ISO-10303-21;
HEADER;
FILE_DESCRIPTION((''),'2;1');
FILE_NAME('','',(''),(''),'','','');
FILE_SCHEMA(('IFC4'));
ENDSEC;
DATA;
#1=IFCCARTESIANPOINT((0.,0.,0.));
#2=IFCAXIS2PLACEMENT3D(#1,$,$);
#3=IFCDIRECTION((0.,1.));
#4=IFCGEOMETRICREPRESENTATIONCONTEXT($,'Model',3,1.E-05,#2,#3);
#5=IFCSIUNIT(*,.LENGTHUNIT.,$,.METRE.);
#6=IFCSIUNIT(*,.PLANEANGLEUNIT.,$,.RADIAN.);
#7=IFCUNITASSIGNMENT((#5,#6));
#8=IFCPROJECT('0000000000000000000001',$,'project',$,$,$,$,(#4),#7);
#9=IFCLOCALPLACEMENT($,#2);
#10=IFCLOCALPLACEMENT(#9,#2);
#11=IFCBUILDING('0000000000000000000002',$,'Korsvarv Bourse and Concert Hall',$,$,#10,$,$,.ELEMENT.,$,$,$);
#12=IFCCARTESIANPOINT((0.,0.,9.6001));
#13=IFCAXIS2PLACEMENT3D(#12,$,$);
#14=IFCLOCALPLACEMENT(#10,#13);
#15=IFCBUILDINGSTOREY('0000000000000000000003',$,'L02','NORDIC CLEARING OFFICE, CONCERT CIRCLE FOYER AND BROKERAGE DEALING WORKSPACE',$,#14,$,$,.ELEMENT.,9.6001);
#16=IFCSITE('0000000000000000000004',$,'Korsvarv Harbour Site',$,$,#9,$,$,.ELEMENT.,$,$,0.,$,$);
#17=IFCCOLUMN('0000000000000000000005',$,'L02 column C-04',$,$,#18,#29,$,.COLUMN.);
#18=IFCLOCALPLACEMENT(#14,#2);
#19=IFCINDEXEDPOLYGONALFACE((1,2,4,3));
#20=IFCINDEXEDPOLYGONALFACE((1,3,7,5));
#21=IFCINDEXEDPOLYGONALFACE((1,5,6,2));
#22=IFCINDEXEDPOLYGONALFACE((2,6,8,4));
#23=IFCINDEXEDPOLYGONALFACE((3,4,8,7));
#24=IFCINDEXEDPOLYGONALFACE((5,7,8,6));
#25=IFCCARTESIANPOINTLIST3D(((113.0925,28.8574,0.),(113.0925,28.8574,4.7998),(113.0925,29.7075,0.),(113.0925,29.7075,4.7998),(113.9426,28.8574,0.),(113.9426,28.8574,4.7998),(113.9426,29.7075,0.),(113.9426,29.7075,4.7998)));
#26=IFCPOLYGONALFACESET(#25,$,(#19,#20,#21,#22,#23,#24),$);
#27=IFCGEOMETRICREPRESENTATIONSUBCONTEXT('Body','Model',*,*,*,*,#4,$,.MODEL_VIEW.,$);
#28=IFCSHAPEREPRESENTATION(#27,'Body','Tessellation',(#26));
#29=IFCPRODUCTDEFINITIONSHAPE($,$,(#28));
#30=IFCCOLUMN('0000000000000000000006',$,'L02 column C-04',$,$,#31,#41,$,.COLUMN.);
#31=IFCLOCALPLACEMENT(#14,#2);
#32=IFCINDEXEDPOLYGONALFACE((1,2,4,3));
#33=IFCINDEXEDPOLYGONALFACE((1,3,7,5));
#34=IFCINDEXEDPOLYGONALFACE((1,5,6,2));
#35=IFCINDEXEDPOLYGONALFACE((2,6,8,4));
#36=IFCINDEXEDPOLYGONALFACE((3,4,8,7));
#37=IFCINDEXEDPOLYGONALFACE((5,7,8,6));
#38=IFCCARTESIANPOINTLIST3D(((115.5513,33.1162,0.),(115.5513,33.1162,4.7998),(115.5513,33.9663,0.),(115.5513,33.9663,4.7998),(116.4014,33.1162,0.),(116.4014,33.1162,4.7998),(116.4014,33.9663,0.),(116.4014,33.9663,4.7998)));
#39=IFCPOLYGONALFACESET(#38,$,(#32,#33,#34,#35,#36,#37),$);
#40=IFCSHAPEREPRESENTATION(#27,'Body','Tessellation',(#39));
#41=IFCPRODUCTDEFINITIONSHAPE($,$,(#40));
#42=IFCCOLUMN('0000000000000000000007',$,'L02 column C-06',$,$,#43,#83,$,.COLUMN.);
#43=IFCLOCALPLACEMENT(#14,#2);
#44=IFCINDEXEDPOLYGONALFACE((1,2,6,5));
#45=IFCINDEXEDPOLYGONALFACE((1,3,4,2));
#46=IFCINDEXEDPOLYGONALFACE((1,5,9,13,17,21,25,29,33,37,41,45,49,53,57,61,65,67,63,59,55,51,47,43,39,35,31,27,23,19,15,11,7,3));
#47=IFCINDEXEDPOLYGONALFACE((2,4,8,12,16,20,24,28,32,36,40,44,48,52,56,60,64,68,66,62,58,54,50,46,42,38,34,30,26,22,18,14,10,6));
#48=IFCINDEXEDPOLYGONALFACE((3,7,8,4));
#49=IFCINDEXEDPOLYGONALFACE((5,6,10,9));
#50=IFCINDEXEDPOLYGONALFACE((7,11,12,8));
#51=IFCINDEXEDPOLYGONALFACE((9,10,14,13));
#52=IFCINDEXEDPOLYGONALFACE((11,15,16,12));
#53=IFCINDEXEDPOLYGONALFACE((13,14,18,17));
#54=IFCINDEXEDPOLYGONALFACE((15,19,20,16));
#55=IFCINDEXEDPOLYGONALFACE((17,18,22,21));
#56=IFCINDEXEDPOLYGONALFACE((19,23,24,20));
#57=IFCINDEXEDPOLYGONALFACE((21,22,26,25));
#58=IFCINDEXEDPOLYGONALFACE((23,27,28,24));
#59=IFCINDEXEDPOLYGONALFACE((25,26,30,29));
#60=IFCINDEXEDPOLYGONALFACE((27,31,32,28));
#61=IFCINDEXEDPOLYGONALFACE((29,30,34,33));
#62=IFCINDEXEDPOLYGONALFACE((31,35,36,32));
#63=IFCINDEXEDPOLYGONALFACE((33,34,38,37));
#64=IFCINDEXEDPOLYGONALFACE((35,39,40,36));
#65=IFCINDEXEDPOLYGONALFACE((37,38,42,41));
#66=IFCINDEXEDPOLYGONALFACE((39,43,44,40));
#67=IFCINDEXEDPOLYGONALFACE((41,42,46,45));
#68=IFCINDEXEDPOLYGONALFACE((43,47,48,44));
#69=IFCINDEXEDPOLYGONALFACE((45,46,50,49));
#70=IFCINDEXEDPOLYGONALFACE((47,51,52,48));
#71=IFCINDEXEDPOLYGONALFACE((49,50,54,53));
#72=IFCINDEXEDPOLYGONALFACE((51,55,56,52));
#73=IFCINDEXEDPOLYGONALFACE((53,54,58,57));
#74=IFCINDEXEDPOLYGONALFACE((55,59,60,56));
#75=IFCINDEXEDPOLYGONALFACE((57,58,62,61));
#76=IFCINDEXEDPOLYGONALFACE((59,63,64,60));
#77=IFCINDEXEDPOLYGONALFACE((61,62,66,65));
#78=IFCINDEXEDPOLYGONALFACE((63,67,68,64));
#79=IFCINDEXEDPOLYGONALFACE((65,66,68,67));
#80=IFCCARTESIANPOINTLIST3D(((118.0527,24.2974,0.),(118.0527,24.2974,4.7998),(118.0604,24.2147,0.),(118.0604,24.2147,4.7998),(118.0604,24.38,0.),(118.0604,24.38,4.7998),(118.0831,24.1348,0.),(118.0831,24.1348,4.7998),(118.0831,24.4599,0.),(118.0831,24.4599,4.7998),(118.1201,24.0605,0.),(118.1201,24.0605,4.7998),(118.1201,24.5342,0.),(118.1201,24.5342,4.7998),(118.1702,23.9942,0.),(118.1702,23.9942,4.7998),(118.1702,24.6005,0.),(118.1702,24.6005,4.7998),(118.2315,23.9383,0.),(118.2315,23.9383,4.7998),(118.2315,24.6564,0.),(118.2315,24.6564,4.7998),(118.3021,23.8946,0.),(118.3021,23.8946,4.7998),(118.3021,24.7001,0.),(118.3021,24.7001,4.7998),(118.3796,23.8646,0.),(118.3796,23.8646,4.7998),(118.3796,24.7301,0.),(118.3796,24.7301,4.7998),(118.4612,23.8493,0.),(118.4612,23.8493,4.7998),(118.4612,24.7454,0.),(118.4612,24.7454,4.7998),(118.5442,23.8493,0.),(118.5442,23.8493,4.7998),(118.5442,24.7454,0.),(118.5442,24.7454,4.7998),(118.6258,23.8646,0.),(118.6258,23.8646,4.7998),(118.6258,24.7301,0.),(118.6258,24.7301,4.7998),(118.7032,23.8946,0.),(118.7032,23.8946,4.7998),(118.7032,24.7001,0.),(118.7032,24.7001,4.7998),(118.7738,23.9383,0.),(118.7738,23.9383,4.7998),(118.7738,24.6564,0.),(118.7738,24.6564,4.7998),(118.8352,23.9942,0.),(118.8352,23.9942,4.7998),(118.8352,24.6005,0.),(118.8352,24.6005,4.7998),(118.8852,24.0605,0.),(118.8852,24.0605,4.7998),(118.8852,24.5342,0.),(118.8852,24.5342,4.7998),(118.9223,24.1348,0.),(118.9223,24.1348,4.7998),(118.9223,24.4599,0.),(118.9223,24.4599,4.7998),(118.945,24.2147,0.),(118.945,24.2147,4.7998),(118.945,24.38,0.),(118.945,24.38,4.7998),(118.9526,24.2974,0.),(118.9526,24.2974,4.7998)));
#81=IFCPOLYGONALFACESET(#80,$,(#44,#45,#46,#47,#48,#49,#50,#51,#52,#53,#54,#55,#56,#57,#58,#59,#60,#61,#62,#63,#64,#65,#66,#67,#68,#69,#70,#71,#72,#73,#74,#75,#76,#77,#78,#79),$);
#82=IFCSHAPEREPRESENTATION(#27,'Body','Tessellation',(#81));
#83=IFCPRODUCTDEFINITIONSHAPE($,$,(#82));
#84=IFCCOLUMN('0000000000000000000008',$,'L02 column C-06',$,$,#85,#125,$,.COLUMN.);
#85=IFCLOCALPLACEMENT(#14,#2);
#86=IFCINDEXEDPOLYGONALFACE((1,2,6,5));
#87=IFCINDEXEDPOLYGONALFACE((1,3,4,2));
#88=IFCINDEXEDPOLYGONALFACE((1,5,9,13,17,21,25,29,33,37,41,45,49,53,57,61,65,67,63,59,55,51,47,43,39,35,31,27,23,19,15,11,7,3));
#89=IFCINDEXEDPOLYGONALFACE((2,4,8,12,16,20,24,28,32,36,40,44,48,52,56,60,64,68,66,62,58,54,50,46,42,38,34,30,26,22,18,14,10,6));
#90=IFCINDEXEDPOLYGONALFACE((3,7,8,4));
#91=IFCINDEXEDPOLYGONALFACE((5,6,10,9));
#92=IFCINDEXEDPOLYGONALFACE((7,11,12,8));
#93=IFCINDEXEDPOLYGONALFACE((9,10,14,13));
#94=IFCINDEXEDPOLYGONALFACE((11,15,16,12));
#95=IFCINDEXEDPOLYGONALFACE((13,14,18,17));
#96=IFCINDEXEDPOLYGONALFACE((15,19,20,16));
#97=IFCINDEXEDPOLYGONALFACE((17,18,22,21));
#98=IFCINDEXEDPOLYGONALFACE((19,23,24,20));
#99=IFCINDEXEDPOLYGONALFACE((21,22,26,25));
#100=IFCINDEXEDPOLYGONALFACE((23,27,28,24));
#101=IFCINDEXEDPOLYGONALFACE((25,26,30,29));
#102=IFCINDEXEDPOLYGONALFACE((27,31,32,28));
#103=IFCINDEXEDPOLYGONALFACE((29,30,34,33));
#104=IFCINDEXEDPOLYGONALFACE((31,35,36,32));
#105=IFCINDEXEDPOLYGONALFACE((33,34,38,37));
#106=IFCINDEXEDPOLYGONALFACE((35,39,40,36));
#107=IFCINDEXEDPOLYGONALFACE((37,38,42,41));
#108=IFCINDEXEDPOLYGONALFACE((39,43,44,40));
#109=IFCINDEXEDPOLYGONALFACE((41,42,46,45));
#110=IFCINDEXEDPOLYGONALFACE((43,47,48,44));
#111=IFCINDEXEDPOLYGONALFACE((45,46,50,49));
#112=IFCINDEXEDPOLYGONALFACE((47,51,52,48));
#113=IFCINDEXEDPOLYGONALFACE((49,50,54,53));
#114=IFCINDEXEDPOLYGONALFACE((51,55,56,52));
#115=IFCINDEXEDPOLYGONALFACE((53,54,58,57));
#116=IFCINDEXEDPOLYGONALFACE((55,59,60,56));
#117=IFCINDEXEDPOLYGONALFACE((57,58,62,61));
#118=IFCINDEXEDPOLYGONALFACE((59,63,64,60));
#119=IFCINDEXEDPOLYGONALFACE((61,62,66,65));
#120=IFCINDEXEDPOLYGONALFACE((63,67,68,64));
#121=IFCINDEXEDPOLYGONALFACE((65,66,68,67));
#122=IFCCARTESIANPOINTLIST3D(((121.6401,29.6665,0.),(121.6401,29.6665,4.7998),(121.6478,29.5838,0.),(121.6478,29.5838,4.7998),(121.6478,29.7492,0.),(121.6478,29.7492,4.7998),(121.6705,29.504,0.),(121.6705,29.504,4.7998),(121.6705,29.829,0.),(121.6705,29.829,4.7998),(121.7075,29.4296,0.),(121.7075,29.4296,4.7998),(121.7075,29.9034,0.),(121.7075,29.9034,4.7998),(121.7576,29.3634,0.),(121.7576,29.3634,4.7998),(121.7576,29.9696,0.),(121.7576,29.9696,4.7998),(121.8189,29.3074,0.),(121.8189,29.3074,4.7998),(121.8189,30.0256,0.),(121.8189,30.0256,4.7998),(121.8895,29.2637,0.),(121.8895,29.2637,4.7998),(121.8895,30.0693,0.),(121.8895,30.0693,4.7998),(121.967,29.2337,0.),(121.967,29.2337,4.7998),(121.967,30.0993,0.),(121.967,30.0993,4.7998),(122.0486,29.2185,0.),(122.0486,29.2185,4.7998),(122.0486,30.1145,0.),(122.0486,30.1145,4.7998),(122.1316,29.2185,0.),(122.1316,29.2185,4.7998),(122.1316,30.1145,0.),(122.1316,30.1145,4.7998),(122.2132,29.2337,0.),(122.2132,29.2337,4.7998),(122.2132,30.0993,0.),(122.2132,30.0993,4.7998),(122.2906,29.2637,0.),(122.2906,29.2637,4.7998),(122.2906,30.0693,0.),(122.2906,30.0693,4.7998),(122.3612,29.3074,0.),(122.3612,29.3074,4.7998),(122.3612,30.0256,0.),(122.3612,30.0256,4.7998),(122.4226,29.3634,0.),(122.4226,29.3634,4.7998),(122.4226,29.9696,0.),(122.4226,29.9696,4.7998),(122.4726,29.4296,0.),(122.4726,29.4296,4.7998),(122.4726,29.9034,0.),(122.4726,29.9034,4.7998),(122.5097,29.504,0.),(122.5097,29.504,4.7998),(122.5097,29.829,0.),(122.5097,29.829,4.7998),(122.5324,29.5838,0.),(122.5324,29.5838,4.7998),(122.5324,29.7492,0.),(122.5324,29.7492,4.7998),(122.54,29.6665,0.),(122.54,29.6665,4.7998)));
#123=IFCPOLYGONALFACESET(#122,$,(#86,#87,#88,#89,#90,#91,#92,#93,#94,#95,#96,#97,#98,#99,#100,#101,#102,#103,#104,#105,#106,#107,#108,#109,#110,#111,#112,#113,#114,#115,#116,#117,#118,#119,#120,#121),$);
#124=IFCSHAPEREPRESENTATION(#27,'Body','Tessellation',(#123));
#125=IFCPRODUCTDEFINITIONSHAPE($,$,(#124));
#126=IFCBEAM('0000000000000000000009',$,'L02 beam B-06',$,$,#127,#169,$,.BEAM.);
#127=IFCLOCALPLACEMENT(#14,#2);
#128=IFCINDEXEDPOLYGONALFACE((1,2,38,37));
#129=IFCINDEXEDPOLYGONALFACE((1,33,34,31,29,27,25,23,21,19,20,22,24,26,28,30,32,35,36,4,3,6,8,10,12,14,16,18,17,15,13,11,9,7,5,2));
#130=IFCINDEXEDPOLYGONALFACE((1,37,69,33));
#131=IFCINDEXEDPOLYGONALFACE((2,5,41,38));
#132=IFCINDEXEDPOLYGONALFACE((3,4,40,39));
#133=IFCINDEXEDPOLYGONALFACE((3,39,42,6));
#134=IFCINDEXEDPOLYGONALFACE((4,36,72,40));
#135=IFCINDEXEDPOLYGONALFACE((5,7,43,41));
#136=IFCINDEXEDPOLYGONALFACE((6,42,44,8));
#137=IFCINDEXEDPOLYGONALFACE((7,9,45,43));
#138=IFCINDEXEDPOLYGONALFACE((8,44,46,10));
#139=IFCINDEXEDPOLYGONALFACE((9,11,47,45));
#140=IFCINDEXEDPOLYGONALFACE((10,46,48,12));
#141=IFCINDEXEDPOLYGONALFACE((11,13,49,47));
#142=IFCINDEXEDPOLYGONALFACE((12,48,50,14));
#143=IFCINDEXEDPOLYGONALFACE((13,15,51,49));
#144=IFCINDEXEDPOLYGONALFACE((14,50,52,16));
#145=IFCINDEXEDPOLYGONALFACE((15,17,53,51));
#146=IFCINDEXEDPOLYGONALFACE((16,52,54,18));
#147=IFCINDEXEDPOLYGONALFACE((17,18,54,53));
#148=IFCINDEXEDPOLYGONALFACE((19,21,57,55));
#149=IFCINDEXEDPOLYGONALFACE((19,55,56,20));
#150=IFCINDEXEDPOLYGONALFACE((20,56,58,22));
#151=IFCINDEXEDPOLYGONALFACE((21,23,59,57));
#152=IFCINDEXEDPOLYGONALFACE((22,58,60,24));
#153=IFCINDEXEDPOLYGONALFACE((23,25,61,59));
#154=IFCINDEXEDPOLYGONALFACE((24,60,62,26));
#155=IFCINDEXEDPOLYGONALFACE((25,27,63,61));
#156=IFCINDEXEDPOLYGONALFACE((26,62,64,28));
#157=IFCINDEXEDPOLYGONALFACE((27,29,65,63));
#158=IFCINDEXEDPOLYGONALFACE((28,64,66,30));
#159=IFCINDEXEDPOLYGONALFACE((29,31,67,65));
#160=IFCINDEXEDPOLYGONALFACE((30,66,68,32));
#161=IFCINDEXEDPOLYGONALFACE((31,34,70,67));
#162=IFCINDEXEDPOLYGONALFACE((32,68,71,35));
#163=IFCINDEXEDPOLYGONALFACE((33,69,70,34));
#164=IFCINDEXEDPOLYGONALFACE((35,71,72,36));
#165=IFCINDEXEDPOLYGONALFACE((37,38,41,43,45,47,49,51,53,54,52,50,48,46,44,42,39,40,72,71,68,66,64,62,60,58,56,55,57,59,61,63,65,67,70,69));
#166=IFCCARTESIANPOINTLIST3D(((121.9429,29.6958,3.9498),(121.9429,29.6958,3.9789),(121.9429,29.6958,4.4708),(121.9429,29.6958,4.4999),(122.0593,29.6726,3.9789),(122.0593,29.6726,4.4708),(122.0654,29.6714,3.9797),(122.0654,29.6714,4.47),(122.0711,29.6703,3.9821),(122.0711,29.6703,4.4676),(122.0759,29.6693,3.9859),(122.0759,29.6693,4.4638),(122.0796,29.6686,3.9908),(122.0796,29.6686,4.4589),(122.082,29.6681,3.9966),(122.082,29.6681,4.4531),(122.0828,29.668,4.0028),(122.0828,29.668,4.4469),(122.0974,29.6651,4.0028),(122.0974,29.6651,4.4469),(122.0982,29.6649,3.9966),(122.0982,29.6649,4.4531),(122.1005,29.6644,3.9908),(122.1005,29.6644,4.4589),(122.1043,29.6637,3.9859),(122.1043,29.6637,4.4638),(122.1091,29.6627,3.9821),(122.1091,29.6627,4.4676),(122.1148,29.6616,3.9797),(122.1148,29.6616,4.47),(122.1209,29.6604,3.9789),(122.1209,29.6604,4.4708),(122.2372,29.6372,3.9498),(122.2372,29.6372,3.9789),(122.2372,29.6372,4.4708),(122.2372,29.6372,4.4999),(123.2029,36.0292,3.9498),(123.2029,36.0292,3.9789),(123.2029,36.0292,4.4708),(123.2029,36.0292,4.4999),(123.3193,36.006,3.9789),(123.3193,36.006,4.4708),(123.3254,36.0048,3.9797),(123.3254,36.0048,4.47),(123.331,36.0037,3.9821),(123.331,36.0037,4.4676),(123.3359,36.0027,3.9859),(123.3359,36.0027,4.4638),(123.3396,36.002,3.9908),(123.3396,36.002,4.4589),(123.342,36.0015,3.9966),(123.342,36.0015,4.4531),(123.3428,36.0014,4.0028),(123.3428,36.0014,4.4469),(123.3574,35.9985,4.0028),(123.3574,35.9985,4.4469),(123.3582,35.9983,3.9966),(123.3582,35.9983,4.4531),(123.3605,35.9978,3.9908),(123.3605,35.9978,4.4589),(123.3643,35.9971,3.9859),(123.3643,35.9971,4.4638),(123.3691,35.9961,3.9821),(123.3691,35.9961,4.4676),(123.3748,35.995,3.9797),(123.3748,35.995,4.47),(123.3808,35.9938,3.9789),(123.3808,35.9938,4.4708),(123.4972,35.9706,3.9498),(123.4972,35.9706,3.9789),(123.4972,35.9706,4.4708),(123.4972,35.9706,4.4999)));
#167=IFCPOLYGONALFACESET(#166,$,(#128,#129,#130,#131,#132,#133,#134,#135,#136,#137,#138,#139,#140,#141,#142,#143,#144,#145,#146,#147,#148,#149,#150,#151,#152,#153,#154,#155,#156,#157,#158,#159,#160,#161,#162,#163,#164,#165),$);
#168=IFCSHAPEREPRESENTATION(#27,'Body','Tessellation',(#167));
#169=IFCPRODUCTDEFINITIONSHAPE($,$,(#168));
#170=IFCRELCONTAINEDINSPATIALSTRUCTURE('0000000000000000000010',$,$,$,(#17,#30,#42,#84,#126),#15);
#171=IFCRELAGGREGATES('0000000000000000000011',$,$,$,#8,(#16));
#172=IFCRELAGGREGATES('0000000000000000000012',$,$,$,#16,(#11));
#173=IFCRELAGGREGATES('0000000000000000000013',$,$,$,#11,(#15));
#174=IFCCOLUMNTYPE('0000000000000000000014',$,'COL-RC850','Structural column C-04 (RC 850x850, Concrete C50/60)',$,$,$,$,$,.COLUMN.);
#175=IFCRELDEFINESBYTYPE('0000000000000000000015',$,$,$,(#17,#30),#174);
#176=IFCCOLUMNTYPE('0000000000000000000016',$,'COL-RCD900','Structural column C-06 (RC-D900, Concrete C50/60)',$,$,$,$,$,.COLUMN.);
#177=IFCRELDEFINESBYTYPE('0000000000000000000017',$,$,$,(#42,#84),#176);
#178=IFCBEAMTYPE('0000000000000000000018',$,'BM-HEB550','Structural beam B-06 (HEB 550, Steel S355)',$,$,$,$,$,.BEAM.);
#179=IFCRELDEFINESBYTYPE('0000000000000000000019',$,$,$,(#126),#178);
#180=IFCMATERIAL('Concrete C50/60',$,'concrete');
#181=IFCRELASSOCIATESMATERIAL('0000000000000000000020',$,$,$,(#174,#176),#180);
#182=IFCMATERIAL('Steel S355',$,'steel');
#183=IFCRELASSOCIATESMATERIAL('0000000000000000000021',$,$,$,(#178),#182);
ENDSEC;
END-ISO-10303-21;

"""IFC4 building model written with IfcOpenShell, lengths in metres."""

from ifc_helpers import new_model, si_unit, direction, frame, origin, origin_2d, place, context, subcontext, project, spatial, rectangle, circle, i_section, extrude, source, transform, mapped, material, material_profile, profile_set, type_object, element, save


model = new_model("IFC4")

# Units and contexts
model_context = context("Model", 3, precision=1e-05, world=origin(), true_north=direction((0.0, 1.0)))
body_context = subcontext(model_context, "Body", "Model", "MODEL_VIEW")
ifc_project = project(units=[si_unit("LENGTHUNIT", "METRE"), si_unit("PLANEANGLEUNIT", "RADIAN")], contexts=[model_context])

# Site, building, storey
site_placement = place(None, origin())
site = spatial("IfcSite", under=ifc_project, at=site_placement, Name="Korsvarv Harbour Site", CompositionType="ELEMENT", RefElevation=0.0)
building_placement = place(site_placement, origin())
building = spatial("IfcBuilding", under=site, at=building_placement, Name="Korsvarv Bourse and Concert Hall", CompositionType="ELEMENT")
storey_placement = place(building_placement, frame((0.0, 0.0, 9.6001)))
storey = spatial("IfcBuildingStorey", under=building, at=storey_placement, Name="L02", Description="NORDIC CLEARING OFFICE, CONCERT CIRCLE FOYER AND BROKERAGE DEALING WORKSPACE", CompositionType="ELEMENT", Elevation=9.6001)

# Columns
ifc_material_1 = material(Name="Concrete C50/60", Category="concrete")
ifc_material_profile_1 = material_profile(ifc_material_1, rectangle(XDim=0.8501, YDim=0.8501, at=origin_2d()), Name="RC 850x850")
ifc_profile_set_1 = profile_set([ifc_material_profile_1], Name="Concrete C50/60")
column_type_1 = type_object("IfcColumnType", Name="COL-RC850", Description="Structural column C-04 (RC 850x850, Concrete C50/60)", PredefinedType="COLUMN", material=ifc_profile_set_1)
shared_shape_1 = source(origin(), body_context, "Body", "SweptSolid", [
    extrude(rectangle(XDim=0.8501, YDim=0.8501, at=origin_2d()), origin(), (0.0, 0.0, 1.0), 4.7998),
])
for number, where, z_axis, x_axis, name in (
    (1, (113.5176, 29.2825, 0.0), (0.0, 0.0, 1.0), (1.0, 0.0, 0.0), "L02 column C-04"),
    (2, (115.9763, 33.5413, 0.0), (0.0, 0.0, 1.0), (1.0, 0.0, 0.0), "L02 column C-04"),
):
    element("IfcColumn", number, at=place(storey_placement, frame(where, z_axis=z_axis, x_axis=x_axis)), inside=storey, type_object=column_type_1, Name=name, PredefinedType="COLUMN", context=body_context, shape_type="MappedRepresentation", body=[
        mapped(shared_shape_1, transform((0.0, 0.0, 0.0), scale=1.0)),
    ])
ifc_material_profile_2 = material_profile(ifc_material_1, circle(Radius=0.45, at=origin_2d()), Name="RC-D900")
ifc_profile_set_2 = profile_set([ifc_material_profile_2], Name="Concrete C50/60")
column_type_2 = type_object("IfcColumnType", Name="COL-RCD900", Description="Structural column C-06 (RC-D900, Concrete C50/60)", PredefinedType="COLUMN", material=ifc_profile_set_2)
shared_shape_2 = source(origin(), body_context, "Body", "SweptSolid", [
    extrude(circle(Radius=0.45, at=origin_2d()), origin(), (0.0, 0.0, 1.0), 4.7998),
])
for number, where, z_axis, x_axis, name in (
    (3, (118.5027, 24.2974, 0.0), (0.0, 0.0, 1.0), (1.0, 0.0, 0.0), "L02 column C-06"),
    (4, (122.0901, 29.6665, 0.0), (0.0, 0.0, 1.0), (1.0, 0.0, 0.0), "L02 column C-06"),
):
    element("IfcColumn", number, at=place(storey_placement, frame(where, z_axis=z_axis, x_axis=x_axis)), inside=storey, type_object=column_type_2, Name=name, PredefinedType="COLUMN", context=body_context, shape_type="MappedRepresentation", body=[
        mapped(shared_shape_2, transform((0.0, 0.0, 0.0), scale=1.0)),
    ])

# Beam
ifc_material_2 = material(Name="Steel S355", Category="steel")
ifc_material_profile_3 = material_profile(ifc_material_2, i_section(OverallWidth=0.3, OverallDepth=0.55, WebThickness=0.0149, FlangeThickness=0.0291, FilletRadius=0.0239, at=origin_2d()), Name="HEB 550")
ifc_profile_set_3 = profile_set([ifc_material_profile_3], Name="Steel S355")
beam_type_1 = type_object("IfcBeamType", Name="BM-HEB550", Description="Structural beam B-06 (HEB 550, Steel S355)", PredefinedType="BEAM", material=ifc_profile_set_3)
shared_shape_3 = source(origin(), body_context, "Body", "SweptSolid", [
    extrude(i_section(OverallWidth=0.3, OverallDepth=0.55, WebThickness=0.0149, FlangeThickness=0.0291, FilletRadius=0.0239, at=origin_2d()), origin(), (0.0, 0.0, 1.0), 6.4575),
])
beam_1_placement = place(storey_placement, frame((122.0901, 29.6665, 4.2249), z_axis=(0.19512, 0.980779, 0.0), x_axis=(-0.980779, 0.19512, 0.0)))
element("IfcBeam", 5, at=beam_1_placement, inside=storey, type_object=beam_type_1, Name="L02 beam B-06", PredefinedType="BEAM", context=body_context, shape_type="MappedRepresentation", body=[
    mapped(shared_shape_3, transform((0.0, 0.0, 0.0), scale=1.0)),
])

save(model, "model.ifc")
